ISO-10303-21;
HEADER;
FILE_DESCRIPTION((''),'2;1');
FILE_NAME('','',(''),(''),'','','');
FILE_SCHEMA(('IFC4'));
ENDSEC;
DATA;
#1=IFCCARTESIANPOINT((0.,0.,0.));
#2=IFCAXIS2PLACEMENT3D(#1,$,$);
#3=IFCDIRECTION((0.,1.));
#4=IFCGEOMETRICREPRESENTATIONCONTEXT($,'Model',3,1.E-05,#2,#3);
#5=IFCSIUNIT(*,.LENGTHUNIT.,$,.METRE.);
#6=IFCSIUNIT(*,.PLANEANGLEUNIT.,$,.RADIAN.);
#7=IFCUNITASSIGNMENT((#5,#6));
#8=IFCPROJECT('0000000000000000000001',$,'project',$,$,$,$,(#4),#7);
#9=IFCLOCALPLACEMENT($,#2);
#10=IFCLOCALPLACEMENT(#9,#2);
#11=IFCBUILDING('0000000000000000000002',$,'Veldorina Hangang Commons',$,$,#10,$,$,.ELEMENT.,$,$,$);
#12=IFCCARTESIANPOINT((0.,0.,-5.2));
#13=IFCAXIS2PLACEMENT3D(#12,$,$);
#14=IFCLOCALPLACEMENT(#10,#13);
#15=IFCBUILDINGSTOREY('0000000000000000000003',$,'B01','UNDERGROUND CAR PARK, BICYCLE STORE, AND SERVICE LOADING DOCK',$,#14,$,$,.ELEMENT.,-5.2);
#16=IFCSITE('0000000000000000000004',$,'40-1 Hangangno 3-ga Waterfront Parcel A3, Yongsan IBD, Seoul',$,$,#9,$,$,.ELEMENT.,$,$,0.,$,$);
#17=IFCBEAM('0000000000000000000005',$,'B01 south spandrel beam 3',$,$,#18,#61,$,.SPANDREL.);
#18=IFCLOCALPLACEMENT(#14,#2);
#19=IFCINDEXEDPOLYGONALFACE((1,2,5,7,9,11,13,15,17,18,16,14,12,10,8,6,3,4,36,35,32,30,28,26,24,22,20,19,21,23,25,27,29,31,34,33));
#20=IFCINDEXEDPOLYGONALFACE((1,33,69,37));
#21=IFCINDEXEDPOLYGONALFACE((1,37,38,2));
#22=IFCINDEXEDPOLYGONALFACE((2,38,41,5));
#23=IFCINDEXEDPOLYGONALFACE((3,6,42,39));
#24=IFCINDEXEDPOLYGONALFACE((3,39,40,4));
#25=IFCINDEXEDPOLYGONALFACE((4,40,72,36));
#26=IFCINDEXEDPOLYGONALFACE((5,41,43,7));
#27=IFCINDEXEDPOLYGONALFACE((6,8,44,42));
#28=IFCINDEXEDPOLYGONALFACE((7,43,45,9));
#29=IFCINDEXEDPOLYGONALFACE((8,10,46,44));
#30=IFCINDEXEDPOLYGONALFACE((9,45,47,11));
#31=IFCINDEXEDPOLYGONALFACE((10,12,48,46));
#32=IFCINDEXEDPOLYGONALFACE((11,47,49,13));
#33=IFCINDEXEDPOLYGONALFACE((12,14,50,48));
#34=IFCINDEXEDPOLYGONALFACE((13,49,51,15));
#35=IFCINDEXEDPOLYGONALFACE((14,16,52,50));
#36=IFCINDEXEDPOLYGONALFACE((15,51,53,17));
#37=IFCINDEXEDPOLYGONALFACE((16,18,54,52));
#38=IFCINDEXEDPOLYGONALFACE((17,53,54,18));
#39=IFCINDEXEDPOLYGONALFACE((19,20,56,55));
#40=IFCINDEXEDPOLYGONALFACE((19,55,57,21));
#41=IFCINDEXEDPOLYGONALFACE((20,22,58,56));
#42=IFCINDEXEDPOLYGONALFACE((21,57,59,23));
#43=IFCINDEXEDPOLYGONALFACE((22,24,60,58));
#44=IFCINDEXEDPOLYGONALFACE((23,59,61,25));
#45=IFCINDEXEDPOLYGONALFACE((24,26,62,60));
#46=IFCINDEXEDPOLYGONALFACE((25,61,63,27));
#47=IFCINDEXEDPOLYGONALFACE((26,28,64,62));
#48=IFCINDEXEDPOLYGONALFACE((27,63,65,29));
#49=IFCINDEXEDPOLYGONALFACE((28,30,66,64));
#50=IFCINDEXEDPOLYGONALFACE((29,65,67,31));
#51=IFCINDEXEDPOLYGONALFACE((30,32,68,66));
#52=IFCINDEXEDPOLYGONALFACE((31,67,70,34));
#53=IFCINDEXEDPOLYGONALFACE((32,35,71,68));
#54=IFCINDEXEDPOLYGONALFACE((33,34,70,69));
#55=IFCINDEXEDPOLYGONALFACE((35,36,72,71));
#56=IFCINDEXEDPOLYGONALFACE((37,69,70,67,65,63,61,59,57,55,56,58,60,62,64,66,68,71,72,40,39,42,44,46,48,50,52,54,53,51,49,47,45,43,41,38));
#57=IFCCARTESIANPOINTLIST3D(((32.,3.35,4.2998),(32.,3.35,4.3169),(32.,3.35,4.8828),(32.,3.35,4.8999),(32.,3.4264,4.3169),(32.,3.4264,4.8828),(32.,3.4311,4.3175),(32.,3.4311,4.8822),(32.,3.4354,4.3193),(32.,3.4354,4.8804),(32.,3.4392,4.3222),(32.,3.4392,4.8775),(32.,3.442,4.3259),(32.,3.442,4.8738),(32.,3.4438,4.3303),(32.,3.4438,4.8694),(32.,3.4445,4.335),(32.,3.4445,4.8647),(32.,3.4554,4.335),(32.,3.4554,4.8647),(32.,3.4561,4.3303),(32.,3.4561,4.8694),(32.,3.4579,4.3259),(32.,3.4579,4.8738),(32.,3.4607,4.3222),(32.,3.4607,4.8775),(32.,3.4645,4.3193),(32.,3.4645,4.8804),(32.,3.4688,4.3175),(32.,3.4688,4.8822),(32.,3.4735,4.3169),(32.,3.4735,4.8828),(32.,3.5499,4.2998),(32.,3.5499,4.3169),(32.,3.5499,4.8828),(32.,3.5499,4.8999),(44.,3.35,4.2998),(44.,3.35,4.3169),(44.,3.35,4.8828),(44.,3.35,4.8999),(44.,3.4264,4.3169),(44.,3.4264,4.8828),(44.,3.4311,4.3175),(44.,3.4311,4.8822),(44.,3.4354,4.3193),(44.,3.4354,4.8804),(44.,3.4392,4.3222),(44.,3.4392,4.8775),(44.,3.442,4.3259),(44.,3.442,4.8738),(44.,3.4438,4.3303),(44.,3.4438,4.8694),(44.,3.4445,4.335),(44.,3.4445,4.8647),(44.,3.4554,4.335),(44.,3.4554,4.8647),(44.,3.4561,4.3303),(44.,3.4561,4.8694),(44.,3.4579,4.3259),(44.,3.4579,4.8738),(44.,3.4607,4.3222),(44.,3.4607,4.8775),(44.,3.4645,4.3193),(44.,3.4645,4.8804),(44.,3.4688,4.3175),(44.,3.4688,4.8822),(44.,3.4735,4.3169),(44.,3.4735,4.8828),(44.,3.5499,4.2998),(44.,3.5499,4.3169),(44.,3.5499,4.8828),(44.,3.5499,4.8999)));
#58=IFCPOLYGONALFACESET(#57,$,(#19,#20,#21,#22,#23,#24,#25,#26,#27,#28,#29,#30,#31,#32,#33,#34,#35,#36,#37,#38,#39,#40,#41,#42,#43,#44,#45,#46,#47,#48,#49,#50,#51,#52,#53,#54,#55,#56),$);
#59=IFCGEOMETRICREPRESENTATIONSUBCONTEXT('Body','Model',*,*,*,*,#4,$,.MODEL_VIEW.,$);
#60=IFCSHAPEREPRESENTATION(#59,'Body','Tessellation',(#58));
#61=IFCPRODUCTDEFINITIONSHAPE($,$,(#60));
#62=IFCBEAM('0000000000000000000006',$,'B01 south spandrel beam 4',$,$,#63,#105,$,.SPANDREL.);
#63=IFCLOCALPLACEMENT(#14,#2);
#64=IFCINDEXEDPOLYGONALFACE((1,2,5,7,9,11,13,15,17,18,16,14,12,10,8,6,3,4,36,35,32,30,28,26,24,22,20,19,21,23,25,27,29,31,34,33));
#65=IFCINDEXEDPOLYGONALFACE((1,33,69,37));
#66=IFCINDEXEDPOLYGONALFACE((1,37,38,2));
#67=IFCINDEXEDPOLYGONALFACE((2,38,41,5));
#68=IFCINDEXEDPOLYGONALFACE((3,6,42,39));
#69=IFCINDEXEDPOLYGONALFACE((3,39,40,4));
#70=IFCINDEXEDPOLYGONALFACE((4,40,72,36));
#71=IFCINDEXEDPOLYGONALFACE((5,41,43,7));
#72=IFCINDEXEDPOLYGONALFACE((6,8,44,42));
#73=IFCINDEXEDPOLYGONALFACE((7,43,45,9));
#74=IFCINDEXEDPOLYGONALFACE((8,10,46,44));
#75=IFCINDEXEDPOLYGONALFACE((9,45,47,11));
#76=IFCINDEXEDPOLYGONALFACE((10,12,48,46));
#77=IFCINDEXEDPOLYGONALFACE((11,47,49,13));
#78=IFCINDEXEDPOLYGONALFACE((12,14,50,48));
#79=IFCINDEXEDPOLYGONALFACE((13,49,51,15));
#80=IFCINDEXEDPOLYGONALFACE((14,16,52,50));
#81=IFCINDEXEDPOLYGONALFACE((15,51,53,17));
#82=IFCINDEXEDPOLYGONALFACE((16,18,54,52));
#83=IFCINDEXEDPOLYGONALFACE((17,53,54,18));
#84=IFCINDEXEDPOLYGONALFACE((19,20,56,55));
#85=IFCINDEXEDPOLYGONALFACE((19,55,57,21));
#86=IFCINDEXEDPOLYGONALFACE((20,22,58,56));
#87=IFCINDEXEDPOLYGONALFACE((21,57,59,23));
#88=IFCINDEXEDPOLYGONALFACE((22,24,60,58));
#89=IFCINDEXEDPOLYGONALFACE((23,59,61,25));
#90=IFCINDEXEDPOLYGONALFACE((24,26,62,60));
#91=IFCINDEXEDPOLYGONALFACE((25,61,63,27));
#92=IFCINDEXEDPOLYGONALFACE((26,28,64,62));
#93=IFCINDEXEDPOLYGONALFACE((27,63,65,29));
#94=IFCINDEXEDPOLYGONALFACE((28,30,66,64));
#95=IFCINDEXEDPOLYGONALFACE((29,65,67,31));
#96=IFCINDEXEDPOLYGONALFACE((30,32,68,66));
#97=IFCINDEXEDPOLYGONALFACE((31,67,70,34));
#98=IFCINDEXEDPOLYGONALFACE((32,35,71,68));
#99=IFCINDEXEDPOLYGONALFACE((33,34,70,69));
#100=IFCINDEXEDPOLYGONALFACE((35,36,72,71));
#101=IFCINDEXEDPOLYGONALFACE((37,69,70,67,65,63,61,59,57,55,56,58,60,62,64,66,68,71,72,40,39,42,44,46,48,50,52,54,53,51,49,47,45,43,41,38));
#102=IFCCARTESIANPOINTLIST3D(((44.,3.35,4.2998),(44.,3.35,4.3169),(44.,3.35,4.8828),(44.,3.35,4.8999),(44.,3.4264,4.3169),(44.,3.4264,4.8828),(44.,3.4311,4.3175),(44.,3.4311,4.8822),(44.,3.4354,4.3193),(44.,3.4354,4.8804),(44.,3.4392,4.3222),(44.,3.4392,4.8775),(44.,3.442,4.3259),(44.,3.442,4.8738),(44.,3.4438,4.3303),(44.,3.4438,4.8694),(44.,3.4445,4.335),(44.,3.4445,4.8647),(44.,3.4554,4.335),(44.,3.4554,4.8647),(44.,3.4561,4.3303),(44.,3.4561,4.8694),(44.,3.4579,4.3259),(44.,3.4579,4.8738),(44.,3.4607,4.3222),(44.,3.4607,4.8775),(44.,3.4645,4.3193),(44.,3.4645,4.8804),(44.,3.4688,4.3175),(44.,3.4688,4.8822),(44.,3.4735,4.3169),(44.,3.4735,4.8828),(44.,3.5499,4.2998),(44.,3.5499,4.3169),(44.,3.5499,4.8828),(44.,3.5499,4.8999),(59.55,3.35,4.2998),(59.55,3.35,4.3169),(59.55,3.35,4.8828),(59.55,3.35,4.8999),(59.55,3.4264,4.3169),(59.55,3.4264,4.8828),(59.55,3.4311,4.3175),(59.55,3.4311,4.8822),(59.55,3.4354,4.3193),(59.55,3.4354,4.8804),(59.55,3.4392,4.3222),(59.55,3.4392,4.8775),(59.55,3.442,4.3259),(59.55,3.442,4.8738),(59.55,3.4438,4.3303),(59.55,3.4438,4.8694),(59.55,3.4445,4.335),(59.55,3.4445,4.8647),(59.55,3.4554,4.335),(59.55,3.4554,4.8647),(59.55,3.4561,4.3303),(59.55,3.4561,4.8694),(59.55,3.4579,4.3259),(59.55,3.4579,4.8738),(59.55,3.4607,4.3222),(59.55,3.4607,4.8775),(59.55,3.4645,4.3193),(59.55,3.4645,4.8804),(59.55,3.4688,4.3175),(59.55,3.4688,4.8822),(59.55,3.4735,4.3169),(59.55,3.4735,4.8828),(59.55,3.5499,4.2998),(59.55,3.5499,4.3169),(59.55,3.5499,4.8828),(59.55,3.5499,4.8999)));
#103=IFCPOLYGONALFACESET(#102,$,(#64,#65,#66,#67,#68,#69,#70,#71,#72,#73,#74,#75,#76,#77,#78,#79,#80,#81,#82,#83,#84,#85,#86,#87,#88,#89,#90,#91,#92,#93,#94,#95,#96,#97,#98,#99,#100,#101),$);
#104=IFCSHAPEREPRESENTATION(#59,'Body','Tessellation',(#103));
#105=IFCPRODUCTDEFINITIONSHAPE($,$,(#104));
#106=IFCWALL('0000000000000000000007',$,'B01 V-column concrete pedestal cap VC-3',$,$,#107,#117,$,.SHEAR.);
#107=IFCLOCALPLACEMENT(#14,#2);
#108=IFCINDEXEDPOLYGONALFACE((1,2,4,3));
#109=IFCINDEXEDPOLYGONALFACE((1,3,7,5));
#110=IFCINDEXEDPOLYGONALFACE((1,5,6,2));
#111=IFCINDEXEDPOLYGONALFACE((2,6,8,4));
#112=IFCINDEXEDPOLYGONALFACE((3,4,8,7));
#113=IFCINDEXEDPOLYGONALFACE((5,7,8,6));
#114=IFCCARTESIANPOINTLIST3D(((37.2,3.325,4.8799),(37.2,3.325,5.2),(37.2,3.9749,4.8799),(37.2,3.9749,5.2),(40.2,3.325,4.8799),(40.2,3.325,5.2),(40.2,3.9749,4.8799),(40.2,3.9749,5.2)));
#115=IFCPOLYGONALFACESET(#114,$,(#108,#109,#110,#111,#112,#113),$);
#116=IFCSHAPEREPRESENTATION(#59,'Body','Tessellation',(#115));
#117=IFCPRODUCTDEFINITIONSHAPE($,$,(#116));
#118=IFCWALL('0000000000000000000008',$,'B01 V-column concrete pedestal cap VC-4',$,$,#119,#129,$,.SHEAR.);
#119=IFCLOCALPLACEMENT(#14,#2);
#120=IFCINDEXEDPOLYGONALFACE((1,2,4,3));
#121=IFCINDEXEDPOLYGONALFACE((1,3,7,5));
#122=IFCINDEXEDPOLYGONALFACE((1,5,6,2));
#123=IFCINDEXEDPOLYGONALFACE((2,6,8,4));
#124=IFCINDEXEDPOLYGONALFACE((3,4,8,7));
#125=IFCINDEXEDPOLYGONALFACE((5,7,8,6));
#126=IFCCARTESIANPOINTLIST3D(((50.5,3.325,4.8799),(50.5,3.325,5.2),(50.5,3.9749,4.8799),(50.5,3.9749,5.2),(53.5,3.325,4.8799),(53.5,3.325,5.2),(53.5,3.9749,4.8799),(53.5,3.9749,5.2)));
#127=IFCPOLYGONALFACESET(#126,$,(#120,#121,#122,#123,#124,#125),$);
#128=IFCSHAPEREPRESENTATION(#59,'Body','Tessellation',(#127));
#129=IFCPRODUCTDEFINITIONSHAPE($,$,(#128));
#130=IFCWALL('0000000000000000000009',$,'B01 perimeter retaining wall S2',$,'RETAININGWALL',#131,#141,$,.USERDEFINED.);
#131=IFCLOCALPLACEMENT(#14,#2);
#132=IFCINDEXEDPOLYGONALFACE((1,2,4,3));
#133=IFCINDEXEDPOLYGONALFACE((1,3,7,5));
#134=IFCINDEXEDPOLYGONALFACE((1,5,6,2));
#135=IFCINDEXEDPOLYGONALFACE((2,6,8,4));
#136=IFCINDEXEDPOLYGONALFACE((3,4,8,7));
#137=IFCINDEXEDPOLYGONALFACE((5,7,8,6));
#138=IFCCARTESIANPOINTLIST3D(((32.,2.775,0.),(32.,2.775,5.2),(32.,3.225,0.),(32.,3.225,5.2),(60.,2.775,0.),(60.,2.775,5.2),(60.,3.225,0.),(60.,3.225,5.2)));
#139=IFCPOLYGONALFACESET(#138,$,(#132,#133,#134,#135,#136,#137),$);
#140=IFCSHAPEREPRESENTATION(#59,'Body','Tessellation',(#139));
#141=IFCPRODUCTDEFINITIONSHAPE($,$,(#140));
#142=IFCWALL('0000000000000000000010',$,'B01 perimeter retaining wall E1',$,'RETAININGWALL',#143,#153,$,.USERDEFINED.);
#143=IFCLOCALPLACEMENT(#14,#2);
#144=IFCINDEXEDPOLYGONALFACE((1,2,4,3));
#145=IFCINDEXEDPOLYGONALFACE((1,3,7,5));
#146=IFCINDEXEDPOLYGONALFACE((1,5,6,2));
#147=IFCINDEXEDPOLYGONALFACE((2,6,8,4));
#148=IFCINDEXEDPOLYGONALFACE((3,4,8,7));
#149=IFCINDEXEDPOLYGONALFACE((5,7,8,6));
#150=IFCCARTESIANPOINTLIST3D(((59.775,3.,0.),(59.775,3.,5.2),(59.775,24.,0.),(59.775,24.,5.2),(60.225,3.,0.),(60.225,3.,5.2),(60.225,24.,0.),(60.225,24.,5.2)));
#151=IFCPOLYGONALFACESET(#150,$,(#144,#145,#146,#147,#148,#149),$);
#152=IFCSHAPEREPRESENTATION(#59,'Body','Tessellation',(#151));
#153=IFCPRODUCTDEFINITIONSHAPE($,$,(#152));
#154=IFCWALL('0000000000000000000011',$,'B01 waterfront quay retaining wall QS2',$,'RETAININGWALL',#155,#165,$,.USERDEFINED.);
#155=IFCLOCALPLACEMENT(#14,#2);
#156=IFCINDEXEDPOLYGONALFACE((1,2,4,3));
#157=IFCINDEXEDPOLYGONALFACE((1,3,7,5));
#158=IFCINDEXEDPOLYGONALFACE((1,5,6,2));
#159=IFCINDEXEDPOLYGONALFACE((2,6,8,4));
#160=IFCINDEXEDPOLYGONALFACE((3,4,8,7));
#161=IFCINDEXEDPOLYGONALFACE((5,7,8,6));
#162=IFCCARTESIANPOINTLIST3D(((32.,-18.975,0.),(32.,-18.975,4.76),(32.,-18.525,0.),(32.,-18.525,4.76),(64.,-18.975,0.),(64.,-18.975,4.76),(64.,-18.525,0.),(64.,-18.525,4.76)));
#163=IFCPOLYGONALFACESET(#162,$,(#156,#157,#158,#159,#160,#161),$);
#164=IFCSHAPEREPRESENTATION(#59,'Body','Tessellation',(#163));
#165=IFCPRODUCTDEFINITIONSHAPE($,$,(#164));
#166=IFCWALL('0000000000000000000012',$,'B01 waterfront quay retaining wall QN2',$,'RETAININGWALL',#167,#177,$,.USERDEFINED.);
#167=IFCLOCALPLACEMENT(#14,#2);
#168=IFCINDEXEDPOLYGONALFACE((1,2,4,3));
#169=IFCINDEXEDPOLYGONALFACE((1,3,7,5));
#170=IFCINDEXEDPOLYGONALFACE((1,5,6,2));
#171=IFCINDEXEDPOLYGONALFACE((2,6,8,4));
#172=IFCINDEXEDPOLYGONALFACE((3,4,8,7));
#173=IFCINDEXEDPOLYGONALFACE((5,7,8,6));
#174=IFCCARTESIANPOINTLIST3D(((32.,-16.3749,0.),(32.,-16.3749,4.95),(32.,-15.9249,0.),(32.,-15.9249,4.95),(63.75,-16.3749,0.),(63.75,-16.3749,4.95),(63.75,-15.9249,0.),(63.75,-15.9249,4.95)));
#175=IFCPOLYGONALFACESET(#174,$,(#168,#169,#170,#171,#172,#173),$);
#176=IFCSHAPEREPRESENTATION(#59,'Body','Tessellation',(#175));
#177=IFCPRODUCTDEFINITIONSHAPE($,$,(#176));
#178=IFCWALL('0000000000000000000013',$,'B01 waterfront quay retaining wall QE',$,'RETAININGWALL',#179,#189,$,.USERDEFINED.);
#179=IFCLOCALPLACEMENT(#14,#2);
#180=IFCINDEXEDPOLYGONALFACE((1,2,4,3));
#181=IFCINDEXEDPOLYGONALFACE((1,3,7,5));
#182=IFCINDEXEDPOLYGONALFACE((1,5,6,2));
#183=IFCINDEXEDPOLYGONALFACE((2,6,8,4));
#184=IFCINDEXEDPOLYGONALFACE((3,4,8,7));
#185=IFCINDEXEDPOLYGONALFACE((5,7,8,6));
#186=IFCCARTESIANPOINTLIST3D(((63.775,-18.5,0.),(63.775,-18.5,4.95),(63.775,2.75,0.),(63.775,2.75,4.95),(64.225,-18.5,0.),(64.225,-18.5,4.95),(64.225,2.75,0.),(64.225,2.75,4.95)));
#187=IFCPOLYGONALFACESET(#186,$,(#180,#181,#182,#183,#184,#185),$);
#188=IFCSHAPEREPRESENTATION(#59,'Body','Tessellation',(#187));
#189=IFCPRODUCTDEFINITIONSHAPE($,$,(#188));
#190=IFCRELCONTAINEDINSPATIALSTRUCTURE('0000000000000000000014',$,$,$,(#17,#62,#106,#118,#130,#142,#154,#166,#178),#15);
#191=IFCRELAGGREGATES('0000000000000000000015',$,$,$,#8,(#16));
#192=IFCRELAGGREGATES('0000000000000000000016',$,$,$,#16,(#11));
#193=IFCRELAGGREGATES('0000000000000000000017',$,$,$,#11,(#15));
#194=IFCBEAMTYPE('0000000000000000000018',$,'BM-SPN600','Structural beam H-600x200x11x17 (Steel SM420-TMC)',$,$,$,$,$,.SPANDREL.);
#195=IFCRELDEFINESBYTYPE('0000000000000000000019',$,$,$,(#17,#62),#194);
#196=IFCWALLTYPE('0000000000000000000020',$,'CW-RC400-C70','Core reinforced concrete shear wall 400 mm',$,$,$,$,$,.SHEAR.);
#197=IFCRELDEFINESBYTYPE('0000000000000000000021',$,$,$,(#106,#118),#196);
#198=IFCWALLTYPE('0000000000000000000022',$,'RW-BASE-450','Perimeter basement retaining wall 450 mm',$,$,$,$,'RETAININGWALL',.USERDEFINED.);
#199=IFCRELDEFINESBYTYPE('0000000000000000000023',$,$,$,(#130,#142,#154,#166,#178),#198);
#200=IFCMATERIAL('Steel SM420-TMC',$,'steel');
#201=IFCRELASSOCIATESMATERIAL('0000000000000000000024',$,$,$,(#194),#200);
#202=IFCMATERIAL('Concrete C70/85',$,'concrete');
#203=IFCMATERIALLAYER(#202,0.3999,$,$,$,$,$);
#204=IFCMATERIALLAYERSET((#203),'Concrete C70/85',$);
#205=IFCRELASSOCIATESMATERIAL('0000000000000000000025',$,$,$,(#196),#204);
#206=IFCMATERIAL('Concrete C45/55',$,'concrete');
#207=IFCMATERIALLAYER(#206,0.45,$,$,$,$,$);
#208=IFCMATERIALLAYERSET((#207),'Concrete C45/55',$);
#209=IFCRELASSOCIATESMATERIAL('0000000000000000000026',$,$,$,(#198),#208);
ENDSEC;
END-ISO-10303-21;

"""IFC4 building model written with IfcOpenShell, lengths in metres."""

from ifc_helpers import new_model, si_unit, direction, frame, frame_2d, origin, origin_2d, place, context, subcontext, project, spatial, rectangle, i_section, extrude, material, layer, layer_set, material_profile, profile_set, type_object, element, save


model = new_model("IFC4")

# Units and contexts
model_context = context("Model", 3, precision=1e-05, world=origin(), true_north=direction((0.0, 1.0)))
body_context = subcontext(model_context, "Body", "Model", "MODEL_VIEW")
ifc_project = project(units=[si_unit("LENGTHUNIT", "METRE"), si_unit("PLANEANGLEUNIT", "RADIAN")], contexts=[model_context])

# Site, building, storey
site_placement = place(None, origin())
site = spatial("IfcSite", under=ifc_project, at=site_placement, Name="40-1 Hangangno 3-ga Waterfront Parcel A3, Yongsan IBD, Seoul", CompositionType="ELEMENT", RefElevation=0.0)
building_placement = place(site_placement, origin())
building = spatial("IfcBuilding", under=site, at=building_placement, Name="Veldorina Hangang Commons", CompositionType="ELEMENT")
storey_placement = place(building_placement, frame((0.0, 0.0, -5.2)))
storey = spatial("IfcBuildingStorey", under=building, at=storey_placement, Name="B01", Description="UNDERGROUND CAR PARK, BICYCLE STORE, AND SERVICE LOADING DOCK", CompositionType="ELEMENT", Elevation=-5.2)

# Shared definitions
ifc_material_1 = material(Name="Steel SM420-TMC", Category="steel")

# Beams
ifc_material_profile_1 = material_profile(ifc_material_1, i_section(OverallWidth=0.2, OverallDepth=0.6001, WebThickness=0.011, FlangeThickness=0.0171, FilletRadius=0.0181, at=origin_2d()), Name="H-600x200x11x17")
ifc_profile_set_1 = profile_set([ifc_material_profile_1], Name="Steel SM420-TMC")
beam_type_1 = type_object("IfcBeamType", Name="BM-SPN600", Description="Structural beam H-600x200x11x17 (Steel SM420-TMC)", PredefinedType="SPANDREL", material=ifc_profile_set_1)
beam_1_placement = place(storey_placement, frame((32.0, 3.45, 4.5999), z_axis=(1.0, 0.0, 0.0), x_axis=(0.0, 1.0, 0.0)))
element("IfcBeam", 1, at=beam_1_placement, inside=storey, type_object=beam_type_1, Name="B01 south spandrel beam 3", PredefinedType="SPANDREL", context=body_context, shape_type="SweptSolid", body=[
    extrude(i_section(OverallWidth=0.2, OverallDepth=0.6001, WebThickness=0.011, FlangeThickness=0.0171, FilletRadius=0.0181, at=origin_2d()), origin(), (0.0, 0.0, 1.0), 12.0),
])
beam_2_placement = place(storey_placement, frame((44.0, 3.45, 4.5999), z_axis=(1.0, 0.0, 0.0), x_axis=(0.0, 1.0, 0.0)))
element("IfcBeam", 2, at=beam_2_placement, inside=storey, type_object=beam_type_1, Name="B01 south spandrel beam 4", PredefinedType="SPANDREL", context=body_context, shape_type="SweptSolid", body=[
    extrude(i_section(OverallWidth=0.2, OverallDepth=0.6001, WebThickness=0.011, FlangeThickness=0.0171, FilletRadius=0.0181, at=origin_2d()), origin(), (0.0, 0.0, 1.0), 15.55),
])

# Walls
ifc_material_2 = material(Name="Concrete C70/85", Category="concrete")
ifc_layer_1 = layer(ifc_material_2, 0.3999)
ifc_layer_set_1 = layer_set([ifc_layer_1], Name="Concrete C70/85")
wall_type_1 = type_object("IfcWallType", Name="CW-RC400-C70", Description="Core reinforced concrete shear wall 400 mm", PredefinedType="SHEAR", material=ifc_layer_set_1)
for number, where, z_axis, x_axis, name in (
    (3, (37.2, 3.6499, 4.8799), (0.0, 0.0, 1.0), (1.0, 0.0, 0.0), "B01 V-column concrete pedestal cap VC-3"),
    (4, (50.5, 3.6499, 4.8799), (0.0, 0.0, 1.0), (1.0, 0.0, 0.0), "B01 V-column concrete pedestal cap VC-4"),
):
    element("IfcWall", number, at=place(storey_placement, frame(where, z_axis=z_axis, x_axis=x_axis)), inside=storey, type_object=wall_type_1, Name=name, PredefinedType="SHEAR", context=body_context, shape_type="SweptSolid", body=[
        extrude(rectangle(XDim=3.0, YDim=0.6499, at=frame_2d((1.5, 0.0))), origin(), (0.0, 0.0, 1.0), 0.3201),
    ])
ifc_material_3 = material(Name="Concrete C45/55", Category="concrete")
ifc_layer_2 = layer(ifc_material_3, 0.45)
ifc_layer_set_2 = layer_set([ifc_layer_2], Name="Concrete C45/55")
wall_type_2 = type_object("IfcWallType", Name="RW-BASE-450", Description="Perimeter basement retaining wall 450 mm", ElementType="RETAININGWALL", PredefinedType="USERDEFINED", material=ifc_layer_set_2)
wall_1_placement = place(storey_placement, frame((32.0, 3.0, 0.0), z_axis=(0.0, 0.0, 1.0), x_axis=(1.0, 0.0, 0.0)))
element("IfcWall", 5, at=wall_1_placement, inside=storey, type_object=wall_type_2, Name="B01 perimeter retaining wall S2", ObjectType="RETAININGWALL", PredefinedType="USERDEFINED", context=body_context, shape_type="SweptSolid", body=[
    extrude(rectangle(XDim=28.0, YDim=0.45, at=frame_2d((14.0, 0.0))), origin(), (0.0, 0.0, 1.0), 5.2),
])
wall_2_placement = place(storey_placement, frame((60.0, 3.0, 0.0), z_axis=(0.0, 0.0, 1.0), x_axis=(0.0, 1.0, 0.0)))
element("IfcWall", 6, at=wall_2_placement, inside=storey, type_object=wall_type_2, Name="B01 perimeter retaining wall E1", ObjectType="RETAININGWALL", PredefinedType="USERDEFINED", context=body_context, shape_type="SweptSolid", body=[
    extrude(rectangle(XDim=21.0, YDim=0.45, at=frame_2d((10.5, 0.0))), origin(), (0.0, 0.0, 1.0), 5.2),
])
wall_3_placement = place(storey_placement, frame((32.0, -18.75, 0.0), z_axis=(0.0, 0.0, 1.0), x_axis=(1.0, 0.0, 0.0)))
element("IfcWall", 7, at=wall_3_placement, inside=storey, type_object=wall_type_2, Name="B01 waterfront quay retaining wall QS2", ObjectType="RETAININGWALL", PredefinedType="USERDEFINED", context=body_context, shape_type="SweptSolid", body=[
    extrude(rectangle(XDim=32.0, YDim=0.45, at=frame_2d((16.0, 0.0))), origin(), (0.0, 0.0, 1.0), 4.76),
])
wall_4_placement = place(storey_placement, frame((32.0, -16.1499, 0.0), z_axis=(0.0, 0.0, 1.0), x_axis=(1.0, 0.0, 0.0)))
element("IfcWall", 8, at=wall_4_placement, inside=storey, type_object=wall_type_2, Name="B01 waterfront quay retaining wall QN2", ObjectType="RETAININGWALL", PredefinedType="USERDEFINED", context=body_context, shape_type="SweptSolid", body=[
    extrude(rectangle(XDim=31.75, YDim=0.45, at=frame_2d((15.875, 0.0))), origin(), (0.0, 0.0, 1.0), 4.95),
])
wall_5_placement = place(storey_placement, frame((64.0, -18.5, 0.0), z_axis=(0.0, 0.0, 1.0), x_axis=(0.0, 1.0, 0.0)))
element("IfcWall", 9, at=wall_5_placement, inside=storey, type_object=wall_type_2, Name="B01 waterfront quay retaining wall QE", ObjectType="RETAININGWALL", PredefinedType="USERDEFINED", context=body_context, shape_type="SweptSolid", body=[
    extrude(rectangle(XDim=21.25, YDim=0.45, at=frame_2d((10.625, 0.0))), origin(), (0.0, 0.0, 1.0), 4.95),
])

save(model, "model.ifc")
